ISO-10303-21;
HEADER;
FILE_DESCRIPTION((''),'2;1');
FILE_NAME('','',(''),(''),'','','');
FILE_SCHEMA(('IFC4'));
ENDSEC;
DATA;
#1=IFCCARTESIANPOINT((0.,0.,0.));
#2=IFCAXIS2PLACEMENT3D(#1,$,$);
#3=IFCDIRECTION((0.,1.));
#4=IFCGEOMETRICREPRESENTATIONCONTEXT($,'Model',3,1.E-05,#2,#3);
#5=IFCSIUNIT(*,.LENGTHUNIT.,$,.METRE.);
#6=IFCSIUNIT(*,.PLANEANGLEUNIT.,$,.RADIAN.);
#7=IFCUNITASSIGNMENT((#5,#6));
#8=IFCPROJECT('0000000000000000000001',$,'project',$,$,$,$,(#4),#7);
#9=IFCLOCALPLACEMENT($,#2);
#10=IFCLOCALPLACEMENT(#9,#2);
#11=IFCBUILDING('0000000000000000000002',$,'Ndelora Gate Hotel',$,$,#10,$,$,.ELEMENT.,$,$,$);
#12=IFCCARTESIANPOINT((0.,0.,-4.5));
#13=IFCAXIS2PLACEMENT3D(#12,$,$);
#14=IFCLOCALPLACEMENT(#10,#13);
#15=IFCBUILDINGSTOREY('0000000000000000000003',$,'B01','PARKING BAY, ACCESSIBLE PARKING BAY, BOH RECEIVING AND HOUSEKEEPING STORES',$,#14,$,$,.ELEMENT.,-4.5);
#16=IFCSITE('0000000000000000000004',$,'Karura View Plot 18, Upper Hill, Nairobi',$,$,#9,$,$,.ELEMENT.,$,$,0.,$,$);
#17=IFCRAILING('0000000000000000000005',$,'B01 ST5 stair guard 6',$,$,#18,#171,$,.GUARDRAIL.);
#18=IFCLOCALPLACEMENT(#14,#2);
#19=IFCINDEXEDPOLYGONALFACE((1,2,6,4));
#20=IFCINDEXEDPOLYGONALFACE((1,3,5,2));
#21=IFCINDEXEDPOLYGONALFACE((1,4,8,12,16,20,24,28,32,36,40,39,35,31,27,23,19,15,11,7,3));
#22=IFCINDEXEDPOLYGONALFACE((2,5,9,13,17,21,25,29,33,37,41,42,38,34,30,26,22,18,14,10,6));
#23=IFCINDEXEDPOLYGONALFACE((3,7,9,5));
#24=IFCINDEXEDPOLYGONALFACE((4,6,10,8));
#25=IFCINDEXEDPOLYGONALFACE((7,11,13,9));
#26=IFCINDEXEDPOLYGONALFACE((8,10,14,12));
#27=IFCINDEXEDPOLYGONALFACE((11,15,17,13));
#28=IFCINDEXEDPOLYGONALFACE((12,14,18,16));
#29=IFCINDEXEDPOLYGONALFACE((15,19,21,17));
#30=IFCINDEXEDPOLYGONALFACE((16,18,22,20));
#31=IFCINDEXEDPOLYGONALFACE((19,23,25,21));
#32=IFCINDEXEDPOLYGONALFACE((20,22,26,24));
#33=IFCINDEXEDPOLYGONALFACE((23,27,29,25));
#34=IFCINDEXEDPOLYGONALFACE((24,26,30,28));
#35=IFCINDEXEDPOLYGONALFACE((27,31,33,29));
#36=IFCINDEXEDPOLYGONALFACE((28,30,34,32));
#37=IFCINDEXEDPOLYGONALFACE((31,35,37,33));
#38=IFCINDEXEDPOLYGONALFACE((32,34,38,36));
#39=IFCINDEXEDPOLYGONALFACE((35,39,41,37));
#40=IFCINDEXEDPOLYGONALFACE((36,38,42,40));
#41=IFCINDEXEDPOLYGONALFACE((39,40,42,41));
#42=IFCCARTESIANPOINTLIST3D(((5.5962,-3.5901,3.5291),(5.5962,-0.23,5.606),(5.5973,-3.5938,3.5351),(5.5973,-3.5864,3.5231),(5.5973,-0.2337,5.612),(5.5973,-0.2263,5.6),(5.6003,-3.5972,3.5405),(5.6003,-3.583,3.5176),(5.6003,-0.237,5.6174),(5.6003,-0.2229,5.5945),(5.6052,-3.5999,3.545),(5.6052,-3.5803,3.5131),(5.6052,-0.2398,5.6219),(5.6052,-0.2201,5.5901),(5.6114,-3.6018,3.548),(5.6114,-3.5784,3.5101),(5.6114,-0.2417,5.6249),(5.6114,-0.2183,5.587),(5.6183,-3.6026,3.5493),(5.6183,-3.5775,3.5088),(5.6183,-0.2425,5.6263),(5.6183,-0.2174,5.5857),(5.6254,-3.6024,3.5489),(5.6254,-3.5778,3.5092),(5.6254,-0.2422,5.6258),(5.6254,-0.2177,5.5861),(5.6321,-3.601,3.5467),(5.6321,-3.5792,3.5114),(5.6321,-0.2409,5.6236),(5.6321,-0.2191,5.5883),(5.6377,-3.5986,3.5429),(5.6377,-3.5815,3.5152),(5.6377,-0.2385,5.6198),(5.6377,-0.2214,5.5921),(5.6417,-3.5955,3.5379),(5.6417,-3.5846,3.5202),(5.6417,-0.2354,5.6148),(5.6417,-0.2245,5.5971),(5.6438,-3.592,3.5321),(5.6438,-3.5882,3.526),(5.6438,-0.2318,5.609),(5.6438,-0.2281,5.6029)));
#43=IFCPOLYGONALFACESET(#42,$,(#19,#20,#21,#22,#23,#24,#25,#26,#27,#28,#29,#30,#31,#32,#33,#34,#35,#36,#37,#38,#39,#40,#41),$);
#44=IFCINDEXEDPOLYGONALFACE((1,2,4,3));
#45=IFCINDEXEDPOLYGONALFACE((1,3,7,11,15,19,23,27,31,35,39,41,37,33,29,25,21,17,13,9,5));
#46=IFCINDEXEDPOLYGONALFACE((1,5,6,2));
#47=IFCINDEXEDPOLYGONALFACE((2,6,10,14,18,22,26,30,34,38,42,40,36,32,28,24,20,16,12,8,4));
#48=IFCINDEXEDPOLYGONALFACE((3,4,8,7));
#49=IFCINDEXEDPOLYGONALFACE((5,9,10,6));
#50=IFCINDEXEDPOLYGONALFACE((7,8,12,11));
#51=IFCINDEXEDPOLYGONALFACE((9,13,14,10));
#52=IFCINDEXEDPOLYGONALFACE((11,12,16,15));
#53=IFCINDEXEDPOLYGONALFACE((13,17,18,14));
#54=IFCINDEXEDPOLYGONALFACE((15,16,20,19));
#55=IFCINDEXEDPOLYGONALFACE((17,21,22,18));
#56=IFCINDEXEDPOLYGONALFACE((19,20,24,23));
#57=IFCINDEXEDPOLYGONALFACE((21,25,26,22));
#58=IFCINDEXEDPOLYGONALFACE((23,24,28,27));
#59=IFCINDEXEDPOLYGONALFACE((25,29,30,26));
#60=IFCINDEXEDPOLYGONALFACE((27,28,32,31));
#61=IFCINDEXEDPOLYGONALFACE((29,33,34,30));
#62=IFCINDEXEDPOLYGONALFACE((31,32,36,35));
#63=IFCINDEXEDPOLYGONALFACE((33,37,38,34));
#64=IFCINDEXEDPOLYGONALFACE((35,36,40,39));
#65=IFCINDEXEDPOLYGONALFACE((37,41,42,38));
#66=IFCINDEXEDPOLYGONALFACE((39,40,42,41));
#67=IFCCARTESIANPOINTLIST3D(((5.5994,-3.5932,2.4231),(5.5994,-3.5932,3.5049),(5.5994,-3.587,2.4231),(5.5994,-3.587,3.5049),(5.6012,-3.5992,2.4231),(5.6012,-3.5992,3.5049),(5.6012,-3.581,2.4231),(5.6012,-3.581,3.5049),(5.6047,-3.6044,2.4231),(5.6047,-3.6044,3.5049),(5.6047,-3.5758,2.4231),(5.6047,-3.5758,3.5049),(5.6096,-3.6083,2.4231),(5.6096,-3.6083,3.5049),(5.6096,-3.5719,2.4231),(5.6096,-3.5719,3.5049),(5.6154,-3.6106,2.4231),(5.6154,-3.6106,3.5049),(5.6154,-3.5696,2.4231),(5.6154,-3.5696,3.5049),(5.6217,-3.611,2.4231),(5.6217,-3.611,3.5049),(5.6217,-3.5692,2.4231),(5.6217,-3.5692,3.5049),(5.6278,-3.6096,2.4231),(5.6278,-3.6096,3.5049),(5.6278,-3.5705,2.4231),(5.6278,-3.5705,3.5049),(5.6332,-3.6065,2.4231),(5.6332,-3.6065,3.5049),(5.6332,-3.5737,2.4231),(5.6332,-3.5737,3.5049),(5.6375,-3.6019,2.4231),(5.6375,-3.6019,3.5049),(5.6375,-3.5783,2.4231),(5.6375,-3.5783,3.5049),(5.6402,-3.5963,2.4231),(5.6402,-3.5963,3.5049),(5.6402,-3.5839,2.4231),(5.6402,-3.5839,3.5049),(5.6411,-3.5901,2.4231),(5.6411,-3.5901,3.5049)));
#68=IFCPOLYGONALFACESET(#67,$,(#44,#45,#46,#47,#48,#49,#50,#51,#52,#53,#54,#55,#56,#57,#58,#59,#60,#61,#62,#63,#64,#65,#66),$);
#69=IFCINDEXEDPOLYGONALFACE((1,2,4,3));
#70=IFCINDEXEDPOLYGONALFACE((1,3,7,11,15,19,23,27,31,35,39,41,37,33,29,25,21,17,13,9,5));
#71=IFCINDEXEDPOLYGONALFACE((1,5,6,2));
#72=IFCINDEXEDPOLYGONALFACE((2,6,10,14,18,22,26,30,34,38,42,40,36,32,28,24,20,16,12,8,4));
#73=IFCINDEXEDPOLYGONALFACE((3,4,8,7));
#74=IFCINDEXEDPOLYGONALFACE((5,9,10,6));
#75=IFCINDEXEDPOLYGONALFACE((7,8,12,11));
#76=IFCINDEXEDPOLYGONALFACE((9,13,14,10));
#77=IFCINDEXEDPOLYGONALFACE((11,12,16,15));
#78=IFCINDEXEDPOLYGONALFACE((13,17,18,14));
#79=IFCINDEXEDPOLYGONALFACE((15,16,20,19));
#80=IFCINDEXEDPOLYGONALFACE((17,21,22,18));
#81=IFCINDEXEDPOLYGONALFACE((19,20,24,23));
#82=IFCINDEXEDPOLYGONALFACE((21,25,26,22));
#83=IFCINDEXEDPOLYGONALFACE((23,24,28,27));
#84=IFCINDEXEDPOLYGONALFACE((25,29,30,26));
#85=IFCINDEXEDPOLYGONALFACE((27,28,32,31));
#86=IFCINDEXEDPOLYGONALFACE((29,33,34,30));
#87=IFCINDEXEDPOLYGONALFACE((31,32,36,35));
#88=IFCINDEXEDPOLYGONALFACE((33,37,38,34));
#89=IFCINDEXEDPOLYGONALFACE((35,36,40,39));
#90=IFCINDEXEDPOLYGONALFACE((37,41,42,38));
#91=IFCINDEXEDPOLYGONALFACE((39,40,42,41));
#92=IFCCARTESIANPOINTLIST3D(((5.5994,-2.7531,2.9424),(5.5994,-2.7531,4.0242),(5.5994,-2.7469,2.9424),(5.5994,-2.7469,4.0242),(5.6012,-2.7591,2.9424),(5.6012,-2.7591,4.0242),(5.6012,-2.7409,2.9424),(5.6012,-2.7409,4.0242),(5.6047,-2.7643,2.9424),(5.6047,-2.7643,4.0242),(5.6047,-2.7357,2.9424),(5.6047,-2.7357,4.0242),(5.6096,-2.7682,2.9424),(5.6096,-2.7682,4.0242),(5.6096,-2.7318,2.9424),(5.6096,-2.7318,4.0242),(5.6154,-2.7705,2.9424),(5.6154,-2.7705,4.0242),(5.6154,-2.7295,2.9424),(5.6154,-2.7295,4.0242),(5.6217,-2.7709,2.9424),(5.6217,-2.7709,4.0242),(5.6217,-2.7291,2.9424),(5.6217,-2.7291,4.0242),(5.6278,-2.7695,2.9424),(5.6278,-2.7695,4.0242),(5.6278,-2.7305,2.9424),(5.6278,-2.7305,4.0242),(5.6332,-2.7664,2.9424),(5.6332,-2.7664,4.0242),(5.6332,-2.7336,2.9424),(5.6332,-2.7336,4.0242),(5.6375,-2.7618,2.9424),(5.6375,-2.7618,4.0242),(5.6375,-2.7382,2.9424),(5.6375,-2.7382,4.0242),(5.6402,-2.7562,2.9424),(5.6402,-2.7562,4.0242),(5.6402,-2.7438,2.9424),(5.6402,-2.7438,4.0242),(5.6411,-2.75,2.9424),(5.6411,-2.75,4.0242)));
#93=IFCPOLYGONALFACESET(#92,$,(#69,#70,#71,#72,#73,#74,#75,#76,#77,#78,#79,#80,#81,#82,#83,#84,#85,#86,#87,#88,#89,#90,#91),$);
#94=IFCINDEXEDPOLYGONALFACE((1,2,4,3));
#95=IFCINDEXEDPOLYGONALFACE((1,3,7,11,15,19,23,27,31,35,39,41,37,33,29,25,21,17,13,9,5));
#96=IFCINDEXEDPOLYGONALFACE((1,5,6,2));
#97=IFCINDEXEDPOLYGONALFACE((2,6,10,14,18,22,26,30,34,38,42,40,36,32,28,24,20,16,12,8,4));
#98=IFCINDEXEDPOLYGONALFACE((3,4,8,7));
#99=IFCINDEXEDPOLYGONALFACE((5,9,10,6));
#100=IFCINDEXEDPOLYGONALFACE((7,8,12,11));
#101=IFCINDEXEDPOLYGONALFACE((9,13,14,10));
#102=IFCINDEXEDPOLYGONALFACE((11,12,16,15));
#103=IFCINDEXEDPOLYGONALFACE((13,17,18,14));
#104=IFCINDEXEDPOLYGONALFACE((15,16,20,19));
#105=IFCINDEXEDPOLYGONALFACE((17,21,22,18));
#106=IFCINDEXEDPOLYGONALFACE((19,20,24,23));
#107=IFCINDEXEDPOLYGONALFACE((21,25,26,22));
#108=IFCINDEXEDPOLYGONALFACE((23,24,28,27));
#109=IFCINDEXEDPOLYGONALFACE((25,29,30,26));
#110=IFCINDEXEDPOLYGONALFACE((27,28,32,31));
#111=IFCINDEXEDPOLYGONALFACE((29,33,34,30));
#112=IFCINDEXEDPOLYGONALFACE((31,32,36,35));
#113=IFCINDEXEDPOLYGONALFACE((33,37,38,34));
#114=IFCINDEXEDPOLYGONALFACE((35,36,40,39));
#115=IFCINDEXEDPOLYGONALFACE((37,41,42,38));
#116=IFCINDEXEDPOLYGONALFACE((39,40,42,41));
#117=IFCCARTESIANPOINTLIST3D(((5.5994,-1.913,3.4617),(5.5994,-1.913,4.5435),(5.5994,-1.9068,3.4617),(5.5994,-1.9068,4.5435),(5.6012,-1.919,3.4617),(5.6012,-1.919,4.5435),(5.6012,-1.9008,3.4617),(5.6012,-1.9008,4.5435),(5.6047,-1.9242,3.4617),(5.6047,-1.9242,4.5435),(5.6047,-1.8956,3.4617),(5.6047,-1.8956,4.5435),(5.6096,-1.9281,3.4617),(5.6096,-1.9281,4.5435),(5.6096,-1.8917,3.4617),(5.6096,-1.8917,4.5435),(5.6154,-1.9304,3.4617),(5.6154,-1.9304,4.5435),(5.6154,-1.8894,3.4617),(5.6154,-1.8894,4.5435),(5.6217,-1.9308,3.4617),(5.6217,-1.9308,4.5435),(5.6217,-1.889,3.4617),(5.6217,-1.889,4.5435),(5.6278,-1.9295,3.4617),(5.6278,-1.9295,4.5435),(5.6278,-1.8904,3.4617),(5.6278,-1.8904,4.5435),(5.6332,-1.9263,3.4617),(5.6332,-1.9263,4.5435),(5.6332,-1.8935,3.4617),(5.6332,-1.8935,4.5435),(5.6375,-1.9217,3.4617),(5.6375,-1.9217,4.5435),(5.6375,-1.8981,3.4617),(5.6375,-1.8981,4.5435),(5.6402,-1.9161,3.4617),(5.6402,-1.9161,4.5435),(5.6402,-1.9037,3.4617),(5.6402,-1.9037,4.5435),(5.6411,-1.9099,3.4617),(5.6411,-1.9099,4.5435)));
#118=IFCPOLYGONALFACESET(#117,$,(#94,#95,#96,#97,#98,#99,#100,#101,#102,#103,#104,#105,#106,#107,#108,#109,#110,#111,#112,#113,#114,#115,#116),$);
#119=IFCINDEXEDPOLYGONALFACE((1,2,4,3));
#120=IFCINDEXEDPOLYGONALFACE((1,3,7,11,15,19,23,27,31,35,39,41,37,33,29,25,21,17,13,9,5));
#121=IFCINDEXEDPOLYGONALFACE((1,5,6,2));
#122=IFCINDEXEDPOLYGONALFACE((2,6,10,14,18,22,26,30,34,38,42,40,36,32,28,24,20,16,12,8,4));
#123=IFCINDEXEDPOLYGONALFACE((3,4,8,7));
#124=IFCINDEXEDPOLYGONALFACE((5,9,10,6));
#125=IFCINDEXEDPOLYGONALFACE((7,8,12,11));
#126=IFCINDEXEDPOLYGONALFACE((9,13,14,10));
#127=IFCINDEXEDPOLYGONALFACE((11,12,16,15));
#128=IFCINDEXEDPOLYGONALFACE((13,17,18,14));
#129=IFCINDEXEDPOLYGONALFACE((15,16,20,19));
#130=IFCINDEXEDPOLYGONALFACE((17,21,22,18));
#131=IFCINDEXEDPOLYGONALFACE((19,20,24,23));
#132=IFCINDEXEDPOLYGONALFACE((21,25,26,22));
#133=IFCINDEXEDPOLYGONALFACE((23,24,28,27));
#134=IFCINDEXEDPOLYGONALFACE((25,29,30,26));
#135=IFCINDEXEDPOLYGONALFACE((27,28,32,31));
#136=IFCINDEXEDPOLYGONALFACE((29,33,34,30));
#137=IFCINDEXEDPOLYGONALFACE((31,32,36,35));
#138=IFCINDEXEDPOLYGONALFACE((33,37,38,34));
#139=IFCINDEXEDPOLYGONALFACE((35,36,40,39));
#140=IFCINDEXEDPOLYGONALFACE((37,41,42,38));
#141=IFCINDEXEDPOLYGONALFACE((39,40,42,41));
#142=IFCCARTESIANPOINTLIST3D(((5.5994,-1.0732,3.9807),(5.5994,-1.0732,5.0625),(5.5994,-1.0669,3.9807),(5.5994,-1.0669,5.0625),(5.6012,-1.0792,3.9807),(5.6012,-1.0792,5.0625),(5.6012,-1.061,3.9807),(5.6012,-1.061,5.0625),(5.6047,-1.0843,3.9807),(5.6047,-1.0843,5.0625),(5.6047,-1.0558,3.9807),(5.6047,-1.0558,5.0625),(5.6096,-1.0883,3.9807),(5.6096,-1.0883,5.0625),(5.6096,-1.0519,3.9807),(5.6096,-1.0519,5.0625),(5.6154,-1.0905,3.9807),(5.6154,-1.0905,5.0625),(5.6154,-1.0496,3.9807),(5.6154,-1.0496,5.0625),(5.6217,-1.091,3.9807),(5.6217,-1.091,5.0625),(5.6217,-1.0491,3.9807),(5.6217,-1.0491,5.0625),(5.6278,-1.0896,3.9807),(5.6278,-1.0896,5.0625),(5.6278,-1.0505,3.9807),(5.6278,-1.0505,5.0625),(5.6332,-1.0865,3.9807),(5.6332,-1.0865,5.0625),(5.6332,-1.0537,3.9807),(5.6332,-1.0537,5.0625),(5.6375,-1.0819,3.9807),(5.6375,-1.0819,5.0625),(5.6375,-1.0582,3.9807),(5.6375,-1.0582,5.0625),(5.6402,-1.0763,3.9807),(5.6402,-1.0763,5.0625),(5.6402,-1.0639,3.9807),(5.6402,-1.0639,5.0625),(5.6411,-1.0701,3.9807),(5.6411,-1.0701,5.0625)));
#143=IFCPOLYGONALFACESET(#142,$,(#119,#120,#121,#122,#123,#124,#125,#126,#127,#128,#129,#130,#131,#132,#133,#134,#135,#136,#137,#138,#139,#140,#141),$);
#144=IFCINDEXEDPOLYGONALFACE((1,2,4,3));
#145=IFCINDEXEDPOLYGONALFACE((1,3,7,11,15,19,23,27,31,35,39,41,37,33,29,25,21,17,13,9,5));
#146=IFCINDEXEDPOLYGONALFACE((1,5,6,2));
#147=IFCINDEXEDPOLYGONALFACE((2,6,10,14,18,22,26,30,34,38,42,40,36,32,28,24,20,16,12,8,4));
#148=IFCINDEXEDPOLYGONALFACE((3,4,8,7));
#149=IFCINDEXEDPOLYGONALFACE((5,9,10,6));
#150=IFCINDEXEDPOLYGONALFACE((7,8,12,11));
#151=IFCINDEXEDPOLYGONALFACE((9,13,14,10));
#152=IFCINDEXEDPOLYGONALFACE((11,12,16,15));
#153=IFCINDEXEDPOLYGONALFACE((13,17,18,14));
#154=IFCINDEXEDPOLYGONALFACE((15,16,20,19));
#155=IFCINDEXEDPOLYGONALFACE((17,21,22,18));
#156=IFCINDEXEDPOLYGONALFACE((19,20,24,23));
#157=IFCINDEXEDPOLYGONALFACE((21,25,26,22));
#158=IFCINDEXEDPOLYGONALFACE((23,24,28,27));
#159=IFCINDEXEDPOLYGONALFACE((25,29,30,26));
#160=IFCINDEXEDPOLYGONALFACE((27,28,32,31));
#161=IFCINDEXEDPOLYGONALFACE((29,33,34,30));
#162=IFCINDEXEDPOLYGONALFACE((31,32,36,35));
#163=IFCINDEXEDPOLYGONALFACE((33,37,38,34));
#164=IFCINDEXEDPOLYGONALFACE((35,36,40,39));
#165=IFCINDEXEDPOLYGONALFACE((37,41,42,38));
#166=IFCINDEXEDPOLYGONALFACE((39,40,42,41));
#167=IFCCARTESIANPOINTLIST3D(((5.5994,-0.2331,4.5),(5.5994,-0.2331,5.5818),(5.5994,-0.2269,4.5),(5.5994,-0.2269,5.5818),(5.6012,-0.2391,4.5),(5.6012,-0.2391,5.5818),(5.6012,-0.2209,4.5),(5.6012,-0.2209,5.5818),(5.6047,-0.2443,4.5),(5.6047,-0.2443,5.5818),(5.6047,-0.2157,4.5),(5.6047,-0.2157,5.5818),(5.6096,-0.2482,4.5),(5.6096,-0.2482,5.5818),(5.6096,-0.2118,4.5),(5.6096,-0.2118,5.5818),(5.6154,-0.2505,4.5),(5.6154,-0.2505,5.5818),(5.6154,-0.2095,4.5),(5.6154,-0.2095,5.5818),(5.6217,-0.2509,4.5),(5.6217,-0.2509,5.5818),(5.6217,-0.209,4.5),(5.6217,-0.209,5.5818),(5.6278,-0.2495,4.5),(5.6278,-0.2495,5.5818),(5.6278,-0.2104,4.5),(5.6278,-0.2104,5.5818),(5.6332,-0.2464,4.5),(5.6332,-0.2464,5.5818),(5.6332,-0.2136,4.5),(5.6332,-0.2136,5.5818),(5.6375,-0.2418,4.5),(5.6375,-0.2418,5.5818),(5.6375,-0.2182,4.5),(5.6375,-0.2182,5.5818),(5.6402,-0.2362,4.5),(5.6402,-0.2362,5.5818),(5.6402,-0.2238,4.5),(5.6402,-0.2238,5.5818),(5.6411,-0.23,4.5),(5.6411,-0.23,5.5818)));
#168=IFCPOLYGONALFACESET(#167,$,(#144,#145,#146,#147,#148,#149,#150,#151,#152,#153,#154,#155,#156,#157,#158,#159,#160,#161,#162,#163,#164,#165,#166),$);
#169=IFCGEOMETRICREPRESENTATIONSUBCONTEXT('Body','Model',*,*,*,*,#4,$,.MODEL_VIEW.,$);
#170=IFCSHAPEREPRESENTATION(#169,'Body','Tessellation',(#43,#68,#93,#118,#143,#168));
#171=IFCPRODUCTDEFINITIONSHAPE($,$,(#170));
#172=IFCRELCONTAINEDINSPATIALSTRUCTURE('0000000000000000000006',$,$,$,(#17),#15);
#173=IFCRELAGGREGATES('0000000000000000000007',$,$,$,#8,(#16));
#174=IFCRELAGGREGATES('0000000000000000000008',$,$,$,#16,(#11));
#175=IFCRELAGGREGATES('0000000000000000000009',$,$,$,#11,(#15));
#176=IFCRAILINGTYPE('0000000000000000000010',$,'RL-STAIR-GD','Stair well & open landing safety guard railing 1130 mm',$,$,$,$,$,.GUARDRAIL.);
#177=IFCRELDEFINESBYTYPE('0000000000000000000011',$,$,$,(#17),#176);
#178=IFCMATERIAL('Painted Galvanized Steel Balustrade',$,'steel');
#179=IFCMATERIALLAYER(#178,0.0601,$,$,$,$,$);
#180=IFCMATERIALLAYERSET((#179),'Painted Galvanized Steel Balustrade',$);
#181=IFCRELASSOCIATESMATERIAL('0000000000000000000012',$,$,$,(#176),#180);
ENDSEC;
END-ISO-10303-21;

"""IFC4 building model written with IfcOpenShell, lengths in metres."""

from ifc_helpers import new_model, si_unit, direction, frame, origin, origin_2d, place, context, subcontext, project, spatial, circle, extrude, material, layer, layer_set, type_object, element, save


model = new_model("IFC4")

# Units and contexts
model_context = context("Model", 3, precision=1e-05, world=origin(), true_north=direction((0.0, 1.0)))
body_context = subcontext(model_context, "Body", "Model", "MODEL_VIEW")
ifc_project = project(units=[si_unit("LENGTHUNIT", "METRE"), si_unit("PLANEANGLEUNIT", "RADIAN")], contexts=[model_context])

# Site, building, storey
site_placement = place(None, origin())
site = spatial("IfcSite", under=ifc_project, at=site_placement, Name="Karura View Plot 18, Upper Hill, Nairobi", CompositionType="ELEMENT", RefElevation=0.0)
building_placement = place(site_placement, origin())
building = spatial("IfcBuilding", under=site, at=building_placement, Name="Ndelora Gate Hotel", CompositionType="ELEMENT")
storey_placement = place(building_placement, frame((0.0, 0.0, -4.5)))
storey = spatial("IfcBuildingStorey", under=building, at=storey_placement, Name="B01", Description="PARKING BAY, ACCESSIBLE PARKING BAY, BOH RECEIVING AND HOUSEKEEPING STORES", CompositionType="ELEMENT", Elevation=-4.5)

# Railing
ifc_material_1 = material(Name="Painted Galvanized Steel Balustrade", Category="steel")
ifc_layer_1 = layer(ifc_material_1, 0.0601)
ifc_layer_set_1 = layer_set([ifc_layer_1], Name="Painted Galvanized Steel Balustrade")
railing_type_1 = type_object("IfcRailingType", Name="RL-STAIR-GD", Description="Stair well & open landing safety guard railing 1130 mm", PredefinedType="GUARDRAIL", material=ifc_layer_set_1)
railing_1_placement = place(storey_placement, frame((5.6201, -3.5901, 2.4231)))
element("IfcRailing", 1, at=railing_1_placement, inside=storey, type_object=railing_type_1, Name="B01 ST5 stair guard 6", PredefinedType="GUARDRAIL", context=body_context, shape_type="SweptSolid", body=[
    extrude(circle(Radius=0.0239, at=origin_2d()), frame((0.0, 0.0, 1.106), z_axis=(0.0, 0.850623, 0.525776), x_axis=(-1.0, 0.0, 0.0)), (0.0, 0.0, 1.0), 3.9502),
    extrude(circle(Radius=0.021, at=origin_2d()), origin(), (0.0, 0.0, 1.0), 1.0818),
    extrude(circle(Radius=0.021, at=origin_2d()), frame((0.0, 0.8401, 0.5193)), (0.0, 0.0, 1.0), 1.0818),
    extrude(circle(Radius=0.021, at=origin_2d()), frame((0.0, 1.6802, 1.0386)), (0.0, 0.0, 1.0), 1.0818),
    extrude(circle(Radius=0.021, at=origin_2d()), frame((0.0, 2.52, 1.5576)), (0.0, 0.0, 1.0), 1.0818),
    extrude(circle(Radius=0.021, at=origin_2d()), frame((0.0, 3.3601, 2.0769)), (0.0, 0.0, 1.0), 1.0818),
])

save(model, "model.ifc")
